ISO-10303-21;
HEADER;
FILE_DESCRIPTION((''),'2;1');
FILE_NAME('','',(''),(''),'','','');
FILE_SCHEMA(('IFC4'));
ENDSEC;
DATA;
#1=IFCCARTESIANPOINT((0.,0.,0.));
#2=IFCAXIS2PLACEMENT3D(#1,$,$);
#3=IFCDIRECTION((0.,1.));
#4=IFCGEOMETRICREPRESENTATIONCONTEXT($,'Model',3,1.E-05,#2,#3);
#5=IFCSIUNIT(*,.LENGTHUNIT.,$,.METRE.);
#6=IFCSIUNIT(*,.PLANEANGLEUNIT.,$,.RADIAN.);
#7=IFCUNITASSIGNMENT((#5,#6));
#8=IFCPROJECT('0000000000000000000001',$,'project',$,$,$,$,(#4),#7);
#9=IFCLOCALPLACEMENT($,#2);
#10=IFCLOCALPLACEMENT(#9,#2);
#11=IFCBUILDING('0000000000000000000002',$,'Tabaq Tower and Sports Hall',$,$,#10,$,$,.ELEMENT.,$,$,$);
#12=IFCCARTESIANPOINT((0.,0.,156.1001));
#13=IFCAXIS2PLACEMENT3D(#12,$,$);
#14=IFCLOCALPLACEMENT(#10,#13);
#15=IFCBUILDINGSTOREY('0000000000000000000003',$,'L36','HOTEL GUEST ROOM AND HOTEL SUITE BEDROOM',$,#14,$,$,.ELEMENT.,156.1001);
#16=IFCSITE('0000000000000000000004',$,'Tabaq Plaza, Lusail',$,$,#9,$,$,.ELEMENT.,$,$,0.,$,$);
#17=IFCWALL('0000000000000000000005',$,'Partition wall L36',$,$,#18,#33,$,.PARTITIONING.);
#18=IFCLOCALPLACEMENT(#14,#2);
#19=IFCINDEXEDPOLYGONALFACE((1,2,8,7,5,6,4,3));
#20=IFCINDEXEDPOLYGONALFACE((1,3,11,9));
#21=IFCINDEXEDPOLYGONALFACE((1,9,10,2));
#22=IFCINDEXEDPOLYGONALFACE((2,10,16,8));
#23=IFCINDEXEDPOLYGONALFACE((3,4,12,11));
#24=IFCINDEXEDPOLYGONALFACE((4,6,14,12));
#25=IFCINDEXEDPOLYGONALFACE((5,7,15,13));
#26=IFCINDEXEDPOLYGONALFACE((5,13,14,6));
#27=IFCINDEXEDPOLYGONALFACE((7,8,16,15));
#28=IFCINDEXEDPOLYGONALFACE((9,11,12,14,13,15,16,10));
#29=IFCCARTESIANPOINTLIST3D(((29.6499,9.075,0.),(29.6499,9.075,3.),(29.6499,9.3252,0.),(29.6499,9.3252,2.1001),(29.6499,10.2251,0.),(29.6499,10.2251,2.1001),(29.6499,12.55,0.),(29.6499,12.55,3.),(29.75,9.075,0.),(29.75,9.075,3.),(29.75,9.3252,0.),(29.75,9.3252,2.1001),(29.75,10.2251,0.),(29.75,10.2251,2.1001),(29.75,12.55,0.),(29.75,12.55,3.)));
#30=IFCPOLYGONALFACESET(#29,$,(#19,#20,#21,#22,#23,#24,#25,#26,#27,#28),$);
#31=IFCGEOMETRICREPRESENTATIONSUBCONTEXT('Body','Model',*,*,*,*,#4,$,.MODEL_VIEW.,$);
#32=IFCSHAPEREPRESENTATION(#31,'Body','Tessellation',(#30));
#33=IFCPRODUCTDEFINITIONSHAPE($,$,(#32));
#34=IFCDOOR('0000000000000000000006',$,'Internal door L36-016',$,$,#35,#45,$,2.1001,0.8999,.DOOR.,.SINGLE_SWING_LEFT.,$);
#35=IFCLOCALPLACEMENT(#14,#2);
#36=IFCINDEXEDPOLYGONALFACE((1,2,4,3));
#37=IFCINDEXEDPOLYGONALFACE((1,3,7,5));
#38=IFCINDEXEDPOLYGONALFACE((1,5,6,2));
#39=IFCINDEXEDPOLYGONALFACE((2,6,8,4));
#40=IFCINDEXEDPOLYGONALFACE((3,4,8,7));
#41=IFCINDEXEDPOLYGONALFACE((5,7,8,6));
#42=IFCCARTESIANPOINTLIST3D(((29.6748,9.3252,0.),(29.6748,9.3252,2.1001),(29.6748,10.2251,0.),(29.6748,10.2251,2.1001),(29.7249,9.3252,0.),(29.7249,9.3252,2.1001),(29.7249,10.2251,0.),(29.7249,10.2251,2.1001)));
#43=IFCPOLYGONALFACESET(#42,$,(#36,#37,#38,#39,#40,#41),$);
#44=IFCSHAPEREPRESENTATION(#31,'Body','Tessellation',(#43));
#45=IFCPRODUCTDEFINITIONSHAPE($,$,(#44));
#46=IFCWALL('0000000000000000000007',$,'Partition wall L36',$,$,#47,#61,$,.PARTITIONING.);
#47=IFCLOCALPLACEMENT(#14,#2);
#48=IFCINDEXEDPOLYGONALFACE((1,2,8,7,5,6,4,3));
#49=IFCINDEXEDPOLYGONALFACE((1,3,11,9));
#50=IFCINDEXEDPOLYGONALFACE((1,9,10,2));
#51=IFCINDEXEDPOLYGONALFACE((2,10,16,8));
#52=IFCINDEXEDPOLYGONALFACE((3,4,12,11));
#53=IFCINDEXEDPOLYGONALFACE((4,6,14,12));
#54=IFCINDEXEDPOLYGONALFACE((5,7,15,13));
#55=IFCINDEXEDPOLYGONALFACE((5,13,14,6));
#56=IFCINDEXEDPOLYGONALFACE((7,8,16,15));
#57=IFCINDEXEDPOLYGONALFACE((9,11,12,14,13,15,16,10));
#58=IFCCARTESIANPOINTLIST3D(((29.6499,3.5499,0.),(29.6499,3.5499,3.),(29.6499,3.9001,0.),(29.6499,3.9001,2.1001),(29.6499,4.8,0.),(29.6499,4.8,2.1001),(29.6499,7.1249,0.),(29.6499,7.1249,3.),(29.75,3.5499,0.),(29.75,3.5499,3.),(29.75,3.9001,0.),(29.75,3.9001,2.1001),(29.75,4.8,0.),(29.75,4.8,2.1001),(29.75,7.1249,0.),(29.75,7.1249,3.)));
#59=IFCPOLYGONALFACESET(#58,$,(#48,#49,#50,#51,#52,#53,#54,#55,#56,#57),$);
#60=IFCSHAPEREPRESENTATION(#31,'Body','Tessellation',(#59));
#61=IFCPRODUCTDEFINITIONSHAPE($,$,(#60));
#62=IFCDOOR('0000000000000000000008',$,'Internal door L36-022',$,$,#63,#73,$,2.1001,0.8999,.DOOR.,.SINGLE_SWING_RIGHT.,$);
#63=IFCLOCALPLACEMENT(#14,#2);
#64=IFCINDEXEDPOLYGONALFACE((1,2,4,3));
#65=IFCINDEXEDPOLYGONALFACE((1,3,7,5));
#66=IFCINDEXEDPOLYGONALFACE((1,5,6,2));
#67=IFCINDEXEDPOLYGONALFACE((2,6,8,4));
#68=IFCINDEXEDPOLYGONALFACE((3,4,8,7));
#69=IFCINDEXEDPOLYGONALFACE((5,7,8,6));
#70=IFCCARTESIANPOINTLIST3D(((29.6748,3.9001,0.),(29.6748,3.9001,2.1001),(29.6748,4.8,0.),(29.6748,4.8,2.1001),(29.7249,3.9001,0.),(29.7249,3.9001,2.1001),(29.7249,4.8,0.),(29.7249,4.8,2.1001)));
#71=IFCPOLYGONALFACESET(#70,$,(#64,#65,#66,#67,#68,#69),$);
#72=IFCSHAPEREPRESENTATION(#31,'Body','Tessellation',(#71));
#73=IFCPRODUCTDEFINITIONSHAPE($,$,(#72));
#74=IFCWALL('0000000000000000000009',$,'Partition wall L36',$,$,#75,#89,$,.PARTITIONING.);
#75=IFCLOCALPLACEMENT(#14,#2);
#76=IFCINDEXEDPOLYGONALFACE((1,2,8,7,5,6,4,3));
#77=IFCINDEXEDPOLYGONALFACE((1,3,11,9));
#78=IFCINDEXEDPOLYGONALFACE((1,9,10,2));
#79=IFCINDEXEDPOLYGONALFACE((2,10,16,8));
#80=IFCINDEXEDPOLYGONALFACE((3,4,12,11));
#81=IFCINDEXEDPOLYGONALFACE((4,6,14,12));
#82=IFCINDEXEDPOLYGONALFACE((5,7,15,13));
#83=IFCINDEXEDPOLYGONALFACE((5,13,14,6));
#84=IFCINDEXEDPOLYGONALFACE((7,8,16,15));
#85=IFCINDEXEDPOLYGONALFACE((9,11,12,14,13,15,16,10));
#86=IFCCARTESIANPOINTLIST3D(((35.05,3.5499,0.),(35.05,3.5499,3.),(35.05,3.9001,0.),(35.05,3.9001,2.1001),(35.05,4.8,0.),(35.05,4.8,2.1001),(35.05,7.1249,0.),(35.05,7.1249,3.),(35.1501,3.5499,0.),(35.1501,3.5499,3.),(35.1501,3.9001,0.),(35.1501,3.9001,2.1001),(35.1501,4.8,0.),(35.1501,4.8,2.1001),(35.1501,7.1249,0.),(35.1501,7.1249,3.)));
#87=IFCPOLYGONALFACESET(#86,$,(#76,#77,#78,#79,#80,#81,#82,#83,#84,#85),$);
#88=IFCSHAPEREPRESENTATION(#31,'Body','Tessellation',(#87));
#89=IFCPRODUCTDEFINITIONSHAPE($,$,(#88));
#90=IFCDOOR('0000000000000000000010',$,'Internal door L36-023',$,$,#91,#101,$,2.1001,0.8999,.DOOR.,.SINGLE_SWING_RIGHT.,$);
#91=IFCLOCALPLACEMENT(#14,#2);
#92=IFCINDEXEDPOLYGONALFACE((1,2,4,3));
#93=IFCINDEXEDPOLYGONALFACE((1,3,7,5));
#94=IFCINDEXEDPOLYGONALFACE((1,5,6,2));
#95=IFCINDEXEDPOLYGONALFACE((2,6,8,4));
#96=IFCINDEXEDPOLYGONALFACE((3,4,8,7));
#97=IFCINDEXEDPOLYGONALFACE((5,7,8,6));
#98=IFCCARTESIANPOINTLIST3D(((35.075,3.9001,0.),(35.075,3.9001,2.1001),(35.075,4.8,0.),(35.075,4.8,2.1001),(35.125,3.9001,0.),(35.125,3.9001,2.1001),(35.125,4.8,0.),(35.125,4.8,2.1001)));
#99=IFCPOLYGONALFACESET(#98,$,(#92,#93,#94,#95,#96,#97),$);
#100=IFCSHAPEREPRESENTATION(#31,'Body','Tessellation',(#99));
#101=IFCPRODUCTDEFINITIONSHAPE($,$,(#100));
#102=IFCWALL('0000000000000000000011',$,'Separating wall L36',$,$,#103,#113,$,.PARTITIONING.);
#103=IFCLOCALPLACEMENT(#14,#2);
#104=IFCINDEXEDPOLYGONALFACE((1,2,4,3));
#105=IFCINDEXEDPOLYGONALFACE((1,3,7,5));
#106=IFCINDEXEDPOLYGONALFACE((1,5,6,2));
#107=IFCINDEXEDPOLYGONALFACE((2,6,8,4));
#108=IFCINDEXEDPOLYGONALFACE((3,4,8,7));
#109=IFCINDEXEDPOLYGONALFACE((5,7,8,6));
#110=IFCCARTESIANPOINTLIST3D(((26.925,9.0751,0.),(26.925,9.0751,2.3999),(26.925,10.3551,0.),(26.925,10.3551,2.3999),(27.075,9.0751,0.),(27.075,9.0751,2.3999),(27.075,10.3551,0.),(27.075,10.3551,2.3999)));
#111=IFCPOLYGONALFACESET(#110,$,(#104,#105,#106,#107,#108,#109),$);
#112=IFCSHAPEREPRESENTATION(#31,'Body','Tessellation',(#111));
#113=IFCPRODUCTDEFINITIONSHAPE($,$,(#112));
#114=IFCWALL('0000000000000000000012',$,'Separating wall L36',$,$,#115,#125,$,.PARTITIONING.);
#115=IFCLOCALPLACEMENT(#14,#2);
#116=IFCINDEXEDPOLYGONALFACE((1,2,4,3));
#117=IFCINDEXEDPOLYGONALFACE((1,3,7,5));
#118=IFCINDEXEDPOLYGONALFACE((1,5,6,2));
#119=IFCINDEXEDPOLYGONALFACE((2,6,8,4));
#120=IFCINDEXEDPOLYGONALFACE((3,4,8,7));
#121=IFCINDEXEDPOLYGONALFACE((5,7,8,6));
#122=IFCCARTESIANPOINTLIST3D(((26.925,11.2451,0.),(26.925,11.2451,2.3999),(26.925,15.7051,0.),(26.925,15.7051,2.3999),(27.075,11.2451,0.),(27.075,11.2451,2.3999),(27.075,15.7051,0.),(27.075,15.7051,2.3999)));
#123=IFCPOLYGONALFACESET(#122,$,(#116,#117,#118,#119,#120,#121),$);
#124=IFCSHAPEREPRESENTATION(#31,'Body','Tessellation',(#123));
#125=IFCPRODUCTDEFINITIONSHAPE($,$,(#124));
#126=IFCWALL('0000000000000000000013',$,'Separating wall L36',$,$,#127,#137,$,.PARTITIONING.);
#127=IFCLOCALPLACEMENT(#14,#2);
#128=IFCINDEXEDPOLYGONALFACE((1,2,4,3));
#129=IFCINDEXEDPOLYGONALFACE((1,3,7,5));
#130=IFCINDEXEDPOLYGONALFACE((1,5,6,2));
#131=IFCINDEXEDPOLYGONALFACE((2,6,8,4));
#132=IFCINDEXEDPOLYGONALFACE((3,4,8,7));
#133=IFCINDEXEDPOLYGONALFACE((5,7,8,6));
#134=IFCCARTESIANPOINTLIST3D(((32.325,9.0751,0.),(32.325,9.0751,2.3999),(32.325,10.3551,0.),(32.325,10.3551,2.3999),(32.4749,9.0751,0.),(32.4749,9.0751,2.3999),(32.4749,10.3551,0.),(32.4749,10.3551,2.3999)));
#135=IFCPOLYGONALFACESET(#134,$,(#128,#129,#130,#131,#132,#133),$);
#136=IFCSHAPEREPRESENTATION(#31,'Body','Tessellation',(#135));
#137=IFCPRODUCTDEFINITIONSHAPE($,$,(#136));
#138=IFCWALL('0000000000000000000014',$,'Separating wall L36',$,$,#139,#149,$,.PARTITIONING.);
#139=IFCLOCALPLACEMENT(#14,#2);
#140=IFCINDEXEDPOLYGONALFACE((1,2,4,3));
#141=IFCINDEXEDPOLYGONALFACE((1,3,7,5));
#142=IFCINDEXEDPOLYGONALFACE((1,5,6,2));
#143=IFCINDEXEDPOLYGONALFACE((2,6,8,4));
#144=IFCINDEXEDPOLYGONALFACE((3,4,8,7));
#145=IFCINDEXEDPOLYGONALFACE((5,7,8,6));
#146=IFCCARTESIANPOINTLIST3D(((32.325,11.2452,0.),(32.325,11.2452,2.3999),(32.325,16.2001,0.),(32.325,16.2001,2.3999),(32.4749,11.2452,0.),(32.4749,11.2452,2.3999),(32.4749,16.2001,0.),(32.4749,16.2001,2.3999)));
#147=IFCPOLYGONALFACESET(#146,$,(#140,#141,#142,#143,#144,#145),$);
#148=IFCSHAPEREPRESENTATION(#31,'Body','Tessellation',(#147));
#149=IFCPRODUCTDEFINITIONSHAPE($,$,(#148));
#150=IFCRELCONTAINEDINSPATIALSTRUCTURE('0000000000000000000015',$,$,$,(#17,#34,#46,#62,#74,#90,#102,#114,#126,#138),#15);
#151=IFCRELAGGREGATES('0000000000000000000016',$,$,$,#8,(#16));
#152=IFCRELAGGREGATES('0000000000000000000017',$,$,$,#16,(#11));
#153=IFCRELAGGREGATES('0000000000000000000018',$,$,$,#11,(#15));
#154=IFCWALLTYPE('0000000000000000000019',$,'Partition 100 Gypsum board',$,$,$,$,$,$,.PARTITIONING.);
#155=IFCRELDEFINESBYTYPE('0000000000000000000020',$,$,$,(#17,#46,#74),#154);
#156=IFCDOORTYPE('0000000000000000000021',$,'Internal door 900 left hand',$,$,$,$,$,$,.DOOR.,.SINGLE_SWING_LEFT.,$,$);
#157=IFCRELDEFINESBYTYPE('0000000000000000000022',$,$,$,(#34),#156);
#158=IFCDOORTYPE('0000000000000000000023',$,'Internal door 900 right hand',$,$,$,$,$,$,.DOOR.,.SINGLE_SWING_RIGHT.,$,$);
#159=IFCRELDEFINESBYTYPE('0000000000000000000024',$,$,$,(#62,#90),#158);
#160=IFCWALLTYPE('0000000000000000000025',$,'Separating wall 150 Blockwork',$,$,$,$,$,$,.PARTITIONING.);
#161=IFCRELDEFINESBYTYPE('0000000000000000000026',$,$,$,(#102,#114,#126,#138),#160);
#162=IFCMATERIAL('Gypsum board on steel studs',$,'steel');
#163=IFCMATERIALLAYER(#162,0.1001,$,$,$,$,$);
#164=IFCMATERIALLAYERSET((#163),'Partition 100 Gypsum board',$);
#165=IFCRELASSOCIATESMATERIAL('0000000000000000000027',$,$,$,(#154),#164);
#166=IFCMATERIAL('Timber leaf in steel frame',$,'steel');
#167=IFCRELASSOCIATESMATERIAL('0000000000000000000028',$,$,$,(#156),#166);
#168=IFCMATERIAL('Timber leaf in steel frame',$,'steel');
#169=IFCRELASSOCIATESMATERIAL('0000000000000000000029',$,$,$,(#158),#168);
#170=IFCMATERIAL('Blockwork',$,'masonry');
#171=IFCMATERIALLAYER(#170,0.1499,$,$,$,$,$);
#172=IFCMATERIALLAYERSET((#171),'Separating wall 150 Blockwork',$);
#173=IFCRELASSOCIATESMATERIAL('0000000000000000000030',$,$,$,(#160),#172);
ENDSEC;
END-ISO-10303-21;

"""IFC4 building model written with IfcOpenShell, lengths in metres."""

from ifc_helpers import new_model, si_unit, direction, frame, frame_2d, origin, place, context, subcontext, project, spatial, rectangle, extrude, material, layer, layer_set, type_object, element, fill, save


model = new_model("IFC4")

# Units and contexts
model_context = context("Model", 3, precision=1e-05, world=origin(), true_north=direction((0.0, 1.0)))
body_context = subcontext(model_context, "Body", "Model", "MODEL_VIEW")
ifc_project = project(units=[si_unit("LENGTHUNIT", "METRE"), si_unit("PLANEANGLEUNIT", "RADIAN")], contexts=[model_context])

# Site, building, storey
site_placement = place(None, origin())
site = spatial("IfcSite", under=ifc_project, at=site_placement, Name="Tabaq Plaza, Lusail", CompositionType="ELEMENT", RefElevation=0.0)
building_placement = place(site_placement, origin())
building = spatial("IfcBuilding", under=site, at=building_placement, Name="Tabaq Tower and Sports Hall", CompositionType="ELEMENT")
storey_placement = place(building_placement, frame((0.0, 0.0, 156.1001)))
storey = spatial("IfcBuildingStorey", under=building, at=storey_placement, Name="L36", Description="HOTEL GUEST ROOM AND HOTEL SUITE BEDROOM", CompositionType="ELEMENT", Elevation=156.1001)

# Shared definitions
ifc_material_1 = material(Name="Gypsum board on steel studs", Category="steel")
ifc_layer_1 = layer(ifc_material_1, 0.1001)
ifc_layer_set_1 = layer_set([ifc_layer_1], Name="Partition 100 Gypsum board")
wall_type_1 = type_object("IfcWallType", Name="Partition 100 Gypsum board", PredefinedType="PARTITIONING", material=ifc_layer_set_1)

# Walls, openings, doors
wall_1_placement = place(storey_placement, frame((29.7, 12.55, 0.0), z_axis=(0.0, 0.0, 1.0), x_axis=(0.0, -1.0, 0.0)))
wall_1 = element("IfcWall", 1, at=wall_1_placement, inside=storey, type_object=wall_type_1, Name="Partition wall L36", PredefinedType="PARTITIONING", context=body_context, shape_type="SweptSolid", body=[
    extrude(rectangle(XDim=3.4751, YDim=0.1001, at=frame_2d((1.7375, 0.0))), origin(), (0.0, 0.0, 1.0), 3.0),
])
opening_1_placement = place(wall_1_placement, frame((2.325, 0.0, 0.0)))
opening_1 = element("IfcOpeningElement", 2, at=opening_1_placement, cuts=wall_1, PredefinedType="OPENING", context=body_context, shape_type="SweptSolid", body=[
    extrude(rectangle(XDim=0.8999, YDim=2.1001, at=frame_2d((0.45, 1.05))), frame((0.0, 0.05, 0.0), z_axis=(0.0, -1.0, 0.0), x_axis=(1.0, 0.0, 0.0)), (0.0, 0.0, 1.0), 0.1001),
])
ifc_material_2 = material(Name="Timber leaf in steel frame", Category="steel")
door_type_1 = type_object("IfcDoorType", Name="Internal door 900 left hand", OperationType="SINGLE_SWING_LEFT", PredefinedType="DOOR", material=ifc_material_2)
door_1_placement = place(opening_1_placement, origin())
door_1 = element("IfcDoor", 3, at=door_1_placement, inside=storey, type_object=door_type_1, Name="Internal door L36-016", OperationType="SINGLE_SWING_LEFT", OverallHeight=2.1001, OverallWidth=0.8999, PredefinedType="DOOR", context=body_context, shape_type="SweptSolid", body=[
    extrude(rectangle(XDim=0.8999, YDim=2.1001, at=frame_2d((0.45, 1.05))), frame((0.0, 0.0249, 0.0), z_axis=(0.0, -1.0, 0.0), x_axis=(1.0, 0.0, 0.0)), (0.0, 0.0, 1.0), 0.05),
])
fill(opening_1, door_1)
wall_2_placement = place(storey_placement, frame((29.7, 7.125, 0.0), z_axis=(0.0, 0.0, 1.0), x_axis=(0.0, -1.0, 0.0)))
wall_2 = element("IfcWall", 4, at=wall_2_placement, inside=storey, type_object=wall_type_1, Name="Partition wall L36", PredefinedType="PARTITIONING", context=body_context, shape_type="SweptSolid", body=[
    extrude(rectangle(XDim=3.575, YDim=0.1001, at=frame_2d((1.7876, 0.0))), origin(), (0.0, 0.0, 1.0), 3.0),
])
opening_2_placement = place(wall_2_placement, frame((2.325, 0.0, 0.0)))
opening_2 = element("IfcOpeningElement", 5, at=opening_2_placement, cuts=wall_2, PredefinedType="OPENING", context=body_context, shape_type="SweptSolid", body=[
    extrude(rectangle(XDim=0.8999, YDim=2.1001, at=frame_2d((0.45, 1.05))), frame((0.0, 0.05, 0.0), z_axis=(0.0, -1.0, 0.0), x_axis=(1.0, 0.0, 0.0)), (0.0, 0.0, 1.0), 0.1001),
])
ifc_material_3 = material(Name="Timber leaf in steel frame", Category="steel")
door_type_2 = type_object("IfcDoorType", Name="Internal door 900 right hand", OperationType="SINGLE_SWING_RIGHT", PredefinedType="DOOR", material=ifc_material_3)
door_2_placement = place(opening_2_placement, origin())
door_2 = element("IfcDoor", 6, at=door_2_placement, inside=storey, type_object=door_type_2, Name="Internal door L36-022", OperationType="SINGLE_SWING_RIGHT", OverallHeight=2.1001, OverallWidth=0.8999, PredefinedType="DOOR", context=body_context, shape_type="SweptSolid", body=[
    extrude(rectangle(XDim=0.8999, YDim=2.1001, at=frame_2d((0.45, 1.05))), frame((0.0, 0.0249, 0.0), z_axis=(0.0, -1.0, 0.0), x_axis=(1.0, 0.0, 0.0)), (0.0, 0.0, 1.0), 0.05),
])
fill(opening_2, door_2)
wall_3_placement = place(storey_placement, frame((35.1001, 7.125, 0.0), z_axis=(0.0, 0.0, 1.0), x_axis=(0.0, -1.0, 0.0)))
wall_3 = element("IfcWall", 7, at=wall_3_placement, inside=storey, type_object=wall_type_1, Name="Partition wall L36", PredefinedType="PARTITIONING", context=body_context, shape_type="SweptSolid", body=[
    extrude(rectangle(XDim=3.575, YDim=0.1001, at=frame_2d((1.7876, 0.0))), origin(), (0.0, 0.0, 1.0), 3.0),
])
opening_3_placement = place(wall_3_placement, frame((2.325, 0.0, 0.0)))
opening_3 = element("IfcOpeningElement", 8, at=opening_3_placement, cuts=wall_3, PredefinedType="OPENING", context=body_context, shape_type="SweptSolid", body=[
    extrude(rectangle(XDim=0.8999, YDim=2.1001, at=frame_2d((0.45, 1.05))), frame((0.0, 0.05, 0.0), z_axis=(0.0, -1.0, 0.0), x_axis=(1.0, 0.0, 0.0)), (0.0, 0.0, 1.0), 0.1001),
])
door_3_placement = place(opening_3_placement, origin())
door_3 = element("IfcDoor", 9, at=door_3_placement, inside=storey, type_object=door_type_2, Name="Internal door L36-023", OperationType="SINGLE_SWING_RIGHT", OverallHeight=2.1001, OverallWidth=0.8999, PredefinedType="DOOR", context=body_context, shape_type="SweptSolid", body=[
    extrude(rectangle(XDim=0.8999, YDim=2.1001, at=frame_2d((0.45, 1.05))), frame((0.0, 0.0249, 0.0), z_axis=(0.0, -1.0, 0.0), x_axis=(1.0, 0.0, 0.0)), (0.0, 0.0, 1.0), 0.05),
])
fill(opening_3, door_3)

# Walls
ifc_material_4 = material(Name="Blockwork", Category="masonry")
ifc_layer_2 = layer(ifc_material_4, 0.1499)
ifc_layer_set_2 = layer_set([ifc_layer_2], Name="Separating wall 150 Blockwork")
wall_type_2 = type_object("IfcWallType", Name="Separating wall 150 Blockwork", PredefinedType="PARTITIONING", material=ifc_layer_set_2)
wall_4_placement = place(storey_placement, frame((27.0, 9.075, 0.0), z_axis=(0.0, 0.0, 1.0), x_axis=(0.0, 1.0, 0.0)))
element("IfcWall", 10, at=wall_4_placement, inside=storey, type_object=wall_type_2, Name="Separating wall L36", PredefinedType="PARTITIONING", context=body_context, shape_type="SweptSolid", body=[
    extrude(rectangle(XDim=1.28, YDim=0.1499, at=frame_2d((0.6401, 0.0))), origin(), (0.0, 0.0, 1.0), 2.3999),
])
wall_5_placement = place(storey_placement, frame((27.0, 11.2451, 0.0), z_axis=(0.0, 0.0, 1.0), x_axis=(0.0, 1.0, 0.0)))
element("IfcWall", 11, at=wall_5_placement, inside=storey, type_object=wall_type_2, Name="Separating wall L36", PredefinedType="PARTITIONING", context=body_context, shape_type="SweptSolid", body=[
    extrude(rectangle(XDim=4.46, YDim=0.1499, at=frame_2d((2.23, 0.0))), origin(), (0.0, 0.0, 1.0), 2.3999),
])
wall_6_placement = place(storey_placement, frame((32.3999, 9.075, 0.0), z_axis=(0.0, 0.0, 1.0), x_axis=(0.0, 1.0, 0.0)))
element("IfcWall", 12, at=wall_6_placement, inside=storey, type_object=wall_type_2, Name="Separating wall L36", PredefinedType="PARTITIONING", context=body_context, shape_type="SweptSolid", body=[
    extrude(rectangle(XDim=1.28, YDim=0.1499, at=frame_2d((0.6401, 0.0))), origin(), (0.0, 0.0, 1.0), 2.3999),
])
wall_7_placement = place(storey_placement, frame((32.3999, 11.2451, 0.0), z_axis=(0.0, 0.0, 1.0), x_axis=(0.0, 1.0, 0.0)))
element("IfcWall", 13, at=wall_7_placement, inside=storey, type_object=wall_type_2, Name="Separating wall L36", PredefinedType="PARTITIONING", context=body_context, shape_type="SweptSolid", body=[
    extrude(rectangle(XDim=4.9548, YDim=0.1499, at=frame_2d((2.4775, 0.0))), origin(), (0.0, 0.0, 1.0), 2.3999),
])

save(model, "model.ifc")
